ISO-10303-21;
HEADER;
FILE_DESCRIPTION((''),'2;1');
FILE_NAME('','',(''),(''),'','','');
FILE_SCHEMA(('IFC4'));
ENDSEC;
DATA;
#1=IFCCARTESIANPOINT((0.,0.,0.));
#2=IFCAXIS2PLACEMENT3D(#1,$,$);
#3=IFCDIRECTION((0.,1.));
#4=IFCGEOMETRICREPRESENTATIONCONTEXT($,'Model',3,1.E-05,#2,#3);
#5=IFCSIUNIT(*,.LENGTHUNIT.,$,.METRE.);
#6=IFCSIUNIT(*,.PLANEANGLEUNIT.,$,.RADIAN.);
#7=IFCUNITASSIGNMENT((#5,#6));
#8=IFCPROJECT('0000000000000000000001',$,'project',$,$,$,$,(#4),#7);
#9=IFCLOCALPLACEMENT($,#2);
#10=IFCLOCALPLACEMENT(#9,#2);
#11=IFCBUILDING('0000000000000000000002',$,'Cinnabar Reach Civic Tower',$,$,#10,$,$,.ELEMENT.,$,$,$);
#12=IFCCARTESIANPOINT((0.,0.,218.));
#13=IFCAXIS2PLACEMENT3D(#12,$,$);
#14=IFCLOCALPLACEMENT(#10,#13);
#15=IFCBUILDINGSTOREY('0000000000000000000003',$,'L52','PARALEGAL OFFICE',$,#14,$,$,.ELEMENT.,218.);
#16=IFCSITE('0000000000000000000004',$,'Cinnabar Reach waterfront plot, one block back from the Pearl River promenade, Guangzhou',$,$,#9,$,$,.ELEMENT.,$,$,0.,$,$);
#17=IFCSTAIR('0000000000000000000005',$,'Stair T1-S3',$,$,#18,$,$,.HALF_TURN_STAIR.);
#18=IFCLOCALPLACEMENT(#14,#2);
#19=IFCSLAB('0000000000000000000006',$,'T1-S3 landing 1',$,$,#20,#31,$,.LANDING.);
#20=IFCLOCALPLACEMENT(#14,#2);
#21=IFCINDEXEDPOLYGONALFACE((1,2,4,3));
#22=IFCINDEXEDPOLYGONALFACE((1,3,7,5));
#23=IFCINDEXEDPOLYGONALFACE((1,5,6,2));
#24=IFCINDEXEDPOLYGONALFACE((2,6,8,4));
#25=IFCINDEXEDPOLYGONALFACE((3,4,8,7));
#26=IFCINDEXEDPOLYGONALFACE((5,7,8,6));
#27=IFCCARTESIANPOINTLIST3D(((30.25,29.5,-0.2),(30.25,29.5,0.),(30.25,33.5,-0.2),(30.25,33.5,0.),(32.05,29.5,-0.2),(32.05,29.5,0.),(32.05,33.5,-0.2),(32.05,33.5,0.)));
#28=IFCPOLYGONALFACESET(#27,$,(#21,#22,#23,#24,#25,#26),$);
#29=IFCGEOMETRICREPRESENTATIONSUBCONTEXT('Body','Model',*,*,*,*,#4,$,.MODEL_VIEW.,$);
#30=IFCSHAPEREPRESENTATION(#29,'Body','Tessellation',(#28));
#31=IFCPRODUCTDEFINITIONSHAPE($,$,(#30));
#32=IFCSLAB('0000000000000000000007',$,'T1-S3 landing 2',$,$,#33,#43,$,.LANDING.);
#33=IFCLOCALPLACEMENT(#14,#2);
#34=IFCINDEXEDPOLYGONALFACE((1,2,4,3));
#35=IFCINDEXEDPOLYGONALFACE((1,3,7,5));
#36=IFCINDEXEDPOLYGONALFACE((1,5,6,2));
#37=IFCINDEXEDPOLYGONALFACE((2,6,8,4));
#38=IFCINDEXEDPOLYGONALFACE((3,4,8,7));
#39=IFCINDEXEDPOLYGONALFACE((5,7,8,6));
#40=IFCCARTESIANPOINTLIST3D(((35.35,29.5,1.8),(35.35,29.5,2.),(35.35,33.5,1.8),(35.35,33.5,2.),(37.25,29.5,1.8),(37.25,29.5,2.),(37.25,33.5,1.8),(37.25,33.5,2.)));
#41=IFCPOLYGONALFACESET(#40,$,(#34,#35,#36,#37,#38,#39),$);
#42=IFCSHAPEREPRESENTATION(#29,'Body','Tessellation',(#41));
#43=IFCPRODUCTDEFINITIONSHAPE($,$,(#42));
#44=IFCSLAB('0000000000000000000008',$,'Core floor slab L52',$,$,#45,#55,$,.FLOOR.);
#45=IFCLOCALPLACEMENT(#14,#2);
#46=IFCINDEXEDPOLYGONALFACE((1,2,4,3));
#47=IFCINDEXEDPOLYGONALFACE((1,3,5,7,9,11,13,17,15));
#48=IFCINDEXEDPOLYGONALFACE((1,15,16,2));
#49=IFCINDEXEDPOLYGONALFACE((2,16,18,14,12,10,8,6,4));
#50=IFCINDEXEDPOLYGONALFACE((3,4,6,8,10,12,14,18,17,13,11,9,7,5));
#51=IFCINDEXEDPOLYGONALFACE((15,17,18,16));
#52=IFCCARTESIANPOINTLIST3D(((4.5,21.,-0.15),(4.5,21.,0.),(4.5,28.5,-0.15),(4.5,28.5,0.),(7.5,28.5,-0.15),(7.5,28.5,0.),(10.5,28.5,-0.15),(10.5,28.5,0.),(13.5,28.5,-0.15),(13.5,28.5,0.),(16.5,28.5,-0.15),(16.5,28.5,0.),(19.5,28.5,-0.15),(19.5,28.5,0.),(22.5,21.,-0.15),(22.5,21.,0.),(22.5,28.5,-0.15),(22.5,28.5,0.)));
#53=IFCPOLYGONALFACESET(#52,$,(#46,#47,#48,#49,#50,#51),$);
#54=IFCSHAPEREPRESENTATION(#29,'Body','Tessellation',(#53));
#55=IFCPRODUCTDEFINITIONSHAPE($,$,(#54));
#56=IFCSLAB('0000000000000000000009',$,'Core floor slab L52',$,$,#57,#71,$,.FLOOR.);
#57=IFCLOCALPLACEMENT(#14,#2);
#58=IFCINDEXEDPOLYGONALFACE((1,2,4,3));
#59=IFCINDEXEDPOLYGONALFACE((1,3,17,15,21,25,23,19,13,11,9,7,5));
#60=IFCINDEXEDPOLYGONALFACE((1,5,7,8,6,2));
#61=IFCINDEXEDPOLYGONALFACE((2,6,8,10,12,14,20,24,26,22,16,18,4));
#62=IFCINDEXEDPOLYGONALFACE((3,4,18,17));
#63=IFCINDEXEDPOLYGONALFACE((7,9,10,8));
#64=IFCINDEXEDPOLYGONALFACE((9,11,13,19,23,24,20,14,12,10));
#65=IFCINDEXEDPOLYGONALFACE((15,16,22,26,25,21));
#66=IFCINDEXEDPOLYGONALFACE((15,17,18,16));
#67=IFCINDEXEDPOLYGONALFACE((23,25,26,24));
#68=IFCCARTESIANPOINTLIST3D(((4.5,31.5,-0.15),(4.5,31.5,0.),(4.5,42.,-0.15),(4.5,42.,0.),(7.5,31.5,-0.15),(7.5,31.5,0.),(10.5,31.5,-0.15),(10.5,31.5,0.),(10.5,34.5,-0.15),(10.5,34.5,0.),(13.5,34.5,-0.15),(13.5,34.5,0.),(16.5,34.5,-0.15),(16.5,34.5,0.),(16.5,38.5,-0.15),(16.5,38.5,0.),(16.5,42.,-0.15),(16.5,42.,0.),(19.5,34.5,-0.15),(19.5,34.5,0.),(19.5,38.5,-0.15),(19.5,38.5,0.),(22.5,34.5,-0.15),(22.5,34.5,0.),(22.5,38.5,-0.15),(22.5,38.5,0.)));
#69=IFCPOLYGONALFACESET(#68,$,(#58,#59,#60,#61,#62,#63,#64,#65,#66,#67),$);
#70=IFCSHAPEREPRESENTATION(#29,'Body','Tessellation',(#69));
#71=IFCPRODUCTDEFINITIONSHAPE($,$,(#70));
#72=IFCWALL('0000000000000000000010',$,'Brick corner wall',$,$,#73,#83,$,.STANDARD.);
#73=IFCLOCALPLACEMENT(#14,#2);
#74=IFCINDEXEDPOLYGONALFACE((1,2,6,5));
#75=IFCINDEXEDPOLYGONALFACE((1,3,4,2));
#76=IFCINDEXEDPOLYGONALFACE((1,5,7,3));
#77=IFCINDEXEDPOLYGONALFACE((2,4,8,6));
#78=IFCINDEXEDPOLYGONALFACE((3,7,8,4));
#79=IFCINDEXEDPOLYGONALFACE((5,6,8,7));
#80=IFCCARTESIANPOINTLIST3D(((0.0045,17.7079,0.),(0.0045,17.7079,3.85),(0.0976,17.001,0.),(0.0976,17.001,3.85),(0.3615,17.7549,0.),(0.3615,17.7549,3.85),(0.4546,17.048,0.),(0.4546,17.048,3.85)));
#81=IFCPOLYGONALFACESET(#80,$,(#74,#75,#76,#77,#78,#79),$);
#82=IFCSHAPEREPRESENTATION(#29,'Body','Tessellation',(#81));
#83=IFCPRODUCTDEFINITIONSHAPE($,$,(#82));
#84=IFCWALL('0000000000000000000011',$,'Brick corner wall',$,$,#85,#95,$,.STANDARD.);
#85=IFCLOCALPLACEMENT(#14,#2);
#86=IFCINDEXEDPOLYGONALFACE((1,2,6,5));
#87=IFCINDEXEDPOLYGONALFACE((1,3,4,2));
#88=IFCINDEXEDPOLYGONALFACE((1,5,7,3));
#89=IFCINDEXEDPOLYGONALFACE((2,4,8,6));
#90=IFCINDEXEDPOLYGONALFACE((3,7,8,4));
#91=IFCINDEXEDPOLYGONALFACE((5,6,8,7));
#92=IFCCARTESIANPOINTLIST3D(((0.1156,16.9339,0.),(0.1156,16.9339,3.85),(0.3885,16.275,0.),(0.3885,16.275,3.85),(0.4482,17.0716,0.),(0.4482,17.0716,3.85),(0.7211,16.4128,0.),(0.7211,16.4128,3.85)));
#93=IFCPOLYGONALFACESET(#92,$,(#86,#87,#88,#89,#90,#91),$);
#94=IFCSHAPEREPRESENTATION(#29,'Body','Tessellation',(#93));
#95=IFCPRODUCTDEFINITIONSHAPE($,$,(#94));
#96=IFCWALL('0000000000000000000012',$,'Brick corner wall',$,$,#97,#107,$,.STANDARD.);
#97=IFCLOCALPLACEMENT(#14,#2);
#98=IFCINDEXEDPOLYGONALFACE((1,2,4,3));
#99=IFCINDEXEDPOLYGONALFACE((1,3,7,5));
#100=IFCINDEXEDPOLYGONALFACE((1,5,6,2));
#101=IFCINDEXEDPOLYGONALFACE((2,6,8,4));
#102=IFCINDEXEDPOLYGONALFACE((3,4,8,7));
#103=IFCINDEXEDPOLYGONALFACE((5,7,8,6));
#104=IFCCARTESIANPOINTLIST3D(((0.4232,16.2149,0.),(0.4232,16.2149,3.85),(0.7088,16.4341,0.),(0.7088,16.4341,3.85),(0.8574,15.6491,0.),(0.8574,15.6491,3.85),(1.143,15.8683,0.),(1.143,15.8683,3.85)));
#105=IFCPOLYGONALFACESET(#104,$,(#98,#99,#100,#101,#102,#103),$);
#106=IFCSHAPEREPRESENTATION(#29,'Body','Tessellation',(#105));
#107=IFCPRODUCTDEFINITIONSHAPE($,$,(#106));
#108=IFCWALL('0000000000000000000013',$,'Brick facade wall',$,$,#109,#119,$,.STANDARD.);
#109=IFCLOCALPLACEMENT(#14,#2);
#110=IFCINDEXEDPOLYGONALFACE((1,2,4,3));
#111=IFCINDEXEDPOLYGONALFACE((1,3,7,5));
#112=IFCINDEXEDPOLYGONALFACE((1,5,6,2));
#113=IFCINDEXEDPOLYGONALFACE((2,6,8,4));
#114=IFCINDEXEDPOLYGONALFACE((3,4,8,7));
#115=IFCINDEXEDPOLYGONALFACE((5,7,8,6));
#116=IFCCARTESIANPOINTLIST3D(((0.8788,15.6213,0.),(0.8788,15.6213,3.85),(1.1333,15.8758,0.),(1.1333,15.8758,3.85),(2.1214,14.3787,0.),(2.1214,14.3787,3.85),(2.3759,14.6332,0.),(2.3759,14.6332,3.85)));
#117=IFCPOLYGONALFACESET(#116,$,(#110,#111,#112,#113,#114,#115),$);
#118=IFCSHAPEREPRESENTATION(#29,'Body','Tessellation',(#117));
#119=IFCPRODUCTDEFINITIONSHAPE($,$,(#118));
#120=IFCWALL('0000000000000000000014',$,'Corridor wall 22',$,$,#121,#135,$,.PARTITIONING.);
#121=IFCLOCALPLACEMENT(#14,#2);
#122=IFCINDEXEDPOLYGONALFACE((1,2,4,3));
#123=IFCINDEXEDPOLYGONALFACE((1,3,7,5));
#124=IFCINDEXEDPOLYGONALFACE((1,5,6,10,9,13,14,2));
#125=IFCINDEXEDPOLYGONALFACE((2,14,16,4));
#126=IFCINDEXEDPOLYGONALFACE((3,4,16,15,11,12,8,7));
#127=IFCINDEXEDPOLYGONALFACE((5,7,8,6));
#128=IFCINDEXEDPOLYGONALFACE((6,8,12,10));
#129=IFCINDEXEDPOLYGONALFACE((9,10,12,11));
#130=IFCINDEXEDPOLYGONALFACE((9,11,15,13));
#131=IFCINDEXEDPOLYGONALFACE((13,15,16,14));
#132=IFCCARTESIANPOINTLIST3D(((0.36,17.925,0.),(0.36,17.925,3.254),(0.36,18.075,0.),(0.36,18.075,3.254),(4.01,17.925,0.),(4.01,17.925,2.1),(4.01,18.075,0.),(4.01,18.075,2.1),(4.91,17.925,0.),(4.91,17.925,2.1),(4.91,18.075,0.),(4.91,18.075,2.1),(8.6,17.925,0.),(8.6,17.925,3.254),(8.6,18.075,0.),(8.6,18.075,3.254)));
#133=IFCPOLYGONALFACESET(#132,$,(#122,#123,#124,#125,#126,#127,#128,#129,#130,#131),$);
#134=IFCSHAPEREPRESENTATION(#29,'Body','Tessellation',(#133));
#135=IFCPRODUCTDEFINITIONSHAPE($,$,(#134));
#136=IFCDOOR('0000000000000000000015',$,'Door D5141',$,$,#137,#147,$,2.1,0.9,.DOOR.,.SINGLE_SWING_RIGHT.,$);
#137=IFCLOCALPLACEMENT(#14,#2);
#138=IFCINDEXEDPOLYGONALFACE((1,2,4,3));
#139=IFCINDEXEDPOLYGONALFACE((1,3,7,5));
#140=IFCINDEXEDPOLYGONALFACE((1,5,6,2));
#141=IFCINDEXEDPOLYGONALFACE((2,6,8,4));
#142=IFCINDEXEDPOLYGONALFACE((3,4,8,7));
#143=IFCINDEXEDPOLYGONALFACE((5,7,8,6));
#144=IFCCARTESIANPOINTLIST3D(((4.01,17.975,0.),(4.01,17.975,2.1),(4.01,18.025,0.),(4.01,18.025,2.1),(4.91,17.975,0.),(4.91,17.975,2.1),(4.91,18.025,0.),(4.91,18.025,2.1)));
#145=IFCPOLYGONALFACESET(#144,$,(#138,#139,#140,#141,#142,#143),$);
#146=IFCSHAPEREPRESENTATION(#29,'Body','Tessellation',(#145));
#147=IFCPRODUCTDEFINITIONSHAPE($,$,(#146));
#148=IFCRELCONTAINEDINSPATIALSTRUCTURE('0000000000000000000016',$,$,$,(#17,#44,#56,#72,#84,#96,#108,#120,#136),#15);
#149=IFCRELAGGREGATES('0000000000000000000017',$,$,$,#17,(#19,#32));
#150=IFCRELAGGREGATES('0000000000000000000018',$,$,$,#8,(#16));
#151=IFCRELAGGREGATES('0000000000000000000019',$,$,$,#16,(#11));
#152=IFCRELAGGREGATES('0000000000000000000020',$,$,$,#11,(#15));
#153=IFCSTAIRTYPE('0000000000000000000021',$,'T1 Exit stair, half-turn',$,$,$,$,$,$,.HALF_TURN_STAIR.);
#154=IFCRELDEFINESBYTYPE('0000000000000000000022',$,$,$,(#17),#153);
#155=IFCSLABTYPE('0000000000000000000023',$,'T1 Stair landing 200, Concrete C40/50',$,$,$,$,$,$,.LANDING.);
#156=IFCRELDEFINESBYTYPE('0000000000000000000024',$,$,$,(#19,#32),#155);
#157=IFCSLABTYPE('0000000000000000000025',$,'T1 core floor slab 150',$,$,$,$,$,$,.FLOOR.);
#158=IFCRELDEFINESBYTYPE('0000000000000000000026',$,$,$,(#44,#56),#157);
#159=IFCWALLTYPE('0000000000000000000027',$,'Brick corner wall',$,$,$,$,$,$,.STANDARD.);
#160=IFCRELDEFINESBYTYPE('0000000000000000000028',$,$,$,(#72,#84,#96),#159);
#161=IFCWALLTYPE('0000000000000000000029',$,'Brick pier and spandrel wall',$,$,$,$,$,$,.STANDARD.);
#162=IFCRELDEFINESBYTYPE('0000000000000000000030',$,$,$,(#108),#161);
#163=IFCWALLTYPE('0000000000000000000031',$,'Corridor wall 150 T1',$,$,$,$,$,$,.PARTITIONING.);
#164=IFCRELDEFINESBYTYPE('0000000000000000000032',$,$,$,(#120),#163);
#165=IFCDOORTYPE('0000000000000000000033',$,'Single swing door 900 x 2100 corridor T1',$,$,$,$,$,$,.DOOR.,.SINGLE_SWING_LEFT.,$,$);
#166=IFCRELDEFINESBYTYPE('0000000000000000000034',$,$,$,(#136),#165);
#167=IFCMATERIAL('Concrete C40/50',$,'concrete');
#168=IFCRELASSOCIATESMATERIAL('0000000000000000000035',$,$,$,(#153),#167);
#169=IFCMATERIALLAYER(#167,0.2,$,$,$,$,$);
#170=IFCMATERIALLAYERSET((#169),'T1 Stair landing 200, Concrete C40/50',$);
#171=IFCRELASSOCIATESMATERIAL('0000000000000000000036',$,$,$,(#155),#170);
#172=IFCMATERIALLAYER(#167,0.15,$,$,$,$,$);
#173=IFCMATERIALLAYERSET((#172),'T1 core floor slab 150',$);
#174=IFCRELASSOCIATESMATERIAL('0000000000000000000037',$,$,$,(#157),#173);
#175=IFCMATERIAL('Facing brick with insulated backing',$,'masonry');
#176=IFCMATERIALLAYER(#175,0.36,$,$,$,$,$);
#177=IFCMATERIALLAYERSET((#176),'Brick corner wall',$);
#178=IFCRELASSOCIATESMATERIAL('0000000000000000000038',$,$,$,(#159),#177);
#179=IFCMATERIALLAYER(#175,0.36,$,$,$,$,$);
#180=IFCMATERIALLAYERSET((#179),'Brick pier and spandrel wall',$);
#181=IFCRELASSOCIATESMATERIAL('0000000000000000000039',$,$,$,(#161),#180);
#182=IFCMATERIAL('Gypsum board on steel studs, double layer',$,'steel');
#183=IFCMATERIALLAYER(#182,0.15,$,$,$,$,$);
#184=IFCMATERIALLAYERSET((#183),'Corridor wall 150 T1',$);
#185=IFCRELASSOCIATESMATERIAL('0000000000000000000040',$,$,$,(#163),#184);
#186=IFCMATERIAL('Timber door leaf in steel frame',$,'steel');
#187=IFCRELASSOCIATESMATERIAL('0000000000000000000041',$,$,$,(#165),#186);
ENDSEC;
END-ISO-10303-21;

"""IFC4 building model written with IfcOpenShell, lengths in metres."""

from ifc_helpers import new_model, si_unit, direction, frame, frame_2d, origin, place, context, subcontext, project, spatial, polyline, rectangle, outline, extrude, material, layer, layer_set, type_object, element, fill, aggregate, save


model = new_model("IFC4")

# Units and contexts
model_context = context("Model", 3, precision=1e-05, world=origin(), true_north=direction((0.0, 1.0)))
body_context = subcontext(model_context, "Body", "Model", "MODEL_VIEW")
ifc_project = project(units=[si_unit("LENGTHUNIT", "METRE"), si_unit("PLANEANGLEUNIT", "RADIAN")], contexts=[model_context])

# Site, building, storey
site_placement = place(None, origin())
site = spatial("IfcSite", under=ifc_project, at=site_placement, Name="Cinnabar Reach waterfront plot, one block back from the Pearl River promenade, Guangzhou", CompositionType="ELEMENT", RefElevation=0.0)
building_placement = place(site_placement, origin())
building = spatial("IfcBuilding", under=site, at=building_placement, Name="Cinnabar Reach Civic Tower", CompositionType="ELEMENT")
storey_placement = place(building_placement, frame((0.0, 0.0, 218.0)))
storey = spatial("IfcBuildingStorey", under=building, at=storey_placement, Name="L52", Description="PARALEGAL OFFICE", CompositionType="ELEMENT", Elevation=218.0)

# Stair, slabs
ifc_material_1 = material(Name="Concrete C40/50", Category="concrete")
stair_type = type_object("IfcStairType", Name="T1 Exit stair, half-turn", PredefinedType="HALF_TURN_STAIR", material=ifc_material_1)
ifc_layer_1 = layer(ifc_material_1, 0.2)
ifc_layer_set_1 = layer_set([ifc_layer_1], Name="T1 Stair landing 200, Concrete C40/50")
slab_type_1 = type_object("IfcSlabType", Name="T1 Stair landing 200, Concrete C40/50", PredefinedType="LANDING", material=ifc_layer_set_1)
stair_1_placement = place(storey_placement, origin())
stair_1 = element("IfcStair", 1, at=stair_1_placement, inside=storey, type_object=stair_type, Name="Stair T1-S3", PredefinedType="HALF_TURN_STAIR")
slab_1_placement = place(storey_placement, frame((0.0, 0.0, -0.2)))
slab_1 = element("IfcSlab", 2, at=slab_1_placement, type_object=slab_type_1, Name="T1-S3 landing 1", PredefinedType="LANDING", context=body_context, shape_type="SweptSolid", body=[
    extrude(outline(polyline([(30.25, 29.5), (32.05, 29.5), (32.05, 33.5), (30.25, 33.5), (30.25, 29.5)])), origin(), (0.0, 0.0, 1.0), 0.2),
])
slab_2_placement = place(storey_placement, frame((0.0, 0.0, 1.8)))
slab_2 = element("IfcSlab", 3, at=slab_2_placement, type_object=slab_type_1, Name="T1-S3 landing 2", PredefinedType="LANDING", context=body_context, shape_type="SweptSolid", body=[
    extrude(outline(polyline([(35.35, 29.5), (37.25, 29.5), (37.25, 33.5), (35.35, 33.5), (35.35, 29.5)])), origin(), (0.0, 0.0, 1.0), 0.2),
])
aggregate(stair_1, [slab_1, slab_2])

# Slabs
ifc_layer_2 = layer(ifc_material_1, 0.15)
ifc_layer_set_2 = layer_set([ifc_layer_2], Name="T1 core floor slab 150")
slab_type_2 = type_object("IfcSlabType", Name="T1 core floor slab 150", PredefinedType="FLOOR", material=ifc_layer_set_2)
slab_3_placement = place(storey_placement, frame((0.0, 0.0, -0.15)))
element("IfcSlab", 4, at=slab_3_placement, inside=storey, type_object=slab_type_2, Name="Core floor slab L52", PredefinedType="FLOOR", context=body_context, shape_type="SweptSolid", body=[
    extrude(outline(polyline([(22.5, 21.0), (4.5, 21.0), (4.5, 28.5), (7.5, 28.5), (10.5, 28.5), (13.5, 28.5), (16.5, 28.5), (19.5, 28.5), (22.5, 28.5), (22.5, 21.0)])), origin(), (0.0, 0.0, 1.0), 0.15),
])
slab_4_placement = place(storey_placement, frame((0.0, 0.0, -0.15)))
element("IfcSlab", 5, at=slab_4_placement, inside=storey, type_object=slab_type_2, Name="Core floor slab L52", PredefinedType="FLOOR", context=body_context, shape_type="SweptSolid", body=[
    extrude(outline(polyline([(22.5, 34.5), (19.5, 34.5), (16.5, 34.5), (13.5, 34.5), (10.5, 34.5), (10.5, 31.5), (7.5, 31.5), (4.5, 31.5), (4.5, 42.0), (16.5, 42.0), (16.5, 38.5), (19.5, 38.5), (22.5, 38.5), (22.5, 34.5)])), origin(), (0.0, 0.0, 1.0), 0.15),
])

# Walls
ifc_material_2 = material(Name="Facing brick with insulated backing", Category="masonry")
ifc_layer_3 = layer(ifc_material_2, 0.36)
ifc_layer_set_3 = layer_set([ifc_layer_3], Name="Brick corner wall")
wall_type_1 = type_object("IfcWallType", Name="Brick corner wall", PredefinedType="STANDARD", material=ifc_layer_set_3)
for number, where, z_axis, x_axis, name in (
    (6, (0.183, 17.7314, 0.0), (0.0, 0.0, 1.0), (0.130556, -0.991441, 0.0), "Brick corner wall"),
    (7, (0.2819, 17.0027, 0.0), (0.0, 0.0, 1.0), (0.382703, -0.923872, 0.0), "Brick corner wall"),
):
    element("IfcWall", number, at=place(storey_placement, frame(where, z_axis=z_axis, x_axis=x_axis)), inside=storey, type_object=wall_type_1, Name=name, PredefinedType="STANDARD", context=body_context, shape_type="SweptSolid", body=[
        extrude(rectangle(XDim=0.7131, YDim=0.36, at=frame_2d((0.3565, 0.0))), origin(), (0.0, 0.0, 1.0), 3.85),
    ])
wall_1_placement = place(storey_placement, frame((0.566, 16.3245, 0.0), z_axis=(0.0, 0.0, 1.0), x_axis=(0.608802, -0.793322, 0.0)))
element("IfcWall", 8, at=wall_1_placement, inside=storey, type_object=wall_type_1, Name="Brick corner wall", PredefinedType="STANDARD", context=body_context, shape_type="SweptSolid", body=[
    extrude(rectangle(XDim=0.7132, YDim=0.36, at=frame_2d((0.3566, 0.0))), origin(), (0.0, 0.0, 1.0), 3.85),
])
ifc_layer_4 = layer(ifc_material_2, 0.36)
ifc_layer_set_4 = layer_set([ifc_layer_4], Name="Brick pier and spandrel wall")
wall_type_2 = type_object("IfcWallType", Name="Brick pier and spandrel wall", PredefinedType="STANDARD", material=ifc_layer_set_4)
wall_2_placement = place(storey_placement, frame((1.006, 15.7486, 0.0), z_axis=(0.0, 0.0, 1.0), x_axis=(0.707107, -0.707107, 0.0)))
element("IfcWall", 9, at=wall_2_placement, inside=storey, type_object=wall_type_2, Name="Brick facade wall", PredefinedType="STANDARD", context=body_context, shape_type="SweptSolid", body=[
    extrude(rectangle(XDim=1.7573, YDim=0.36, at=frame_2d((0.8787, 0.0))), origin(), (0.0, 0.0, 1.0), 3.85),
])

# Wall, opening, door
ifc_material_3 = material(Name="Gypsum board on steel studs, double layer", Category="steel")
ifc_layer_5 = layer(ifc_material_3, 0.15)
ifc_layer_set_5 = layer_set([ifc_layer_5], Name="Corridor wall 150 T1")
wall_type_3 = type_object("IfcWallType", Name="Corridor wall 150 T1", PredefinedType="PARTITIONING", material=ifc_layer_set_5)
wall_3_placement = place(storey_placement, frame((0.36, 18.0, 0.0), z_axis=(0.0, 0.0, 1.0), x_axis=(1.0, 0.0, 0.0)))
wall_3 = element("IfcWall", 10, at=wall_3_placement, inside=storey, type_object=wall_type_3, Name="Corridor wall 22", PredefinedType="PARTITIONING", context=body_context, shape_type="SweptSolid", body=[
    extrude(rectangle(XDim=8.24, YDim=0.15, at=frame_2d((4.12, 0.0))), origin(), (0.0, 0.0, 1.0), 3.254),
])
opening_placement = place(wall_3_placement, frame((3.65, 0.0, 0.0)))
opening = element("IfcOpeningElement", 11, at=opening_placement, cuts=wall_3, PredefinedType="OPENING", context=body_context, shape_type="SweptSolid", body=[
    extrude(rectangle(XDim=0.9, YDim=2.1, at=frame_2d((0.45, 1.05))), frame((0.0, 0.085, 0.0), z_axis=(0.0, -1.0, 0.0), x_axis=(1.0, 0.0, 0.0)), (0.0, 0.0, 1.0), 0.17),
])
ifc_material_4 = material(Name="Timber door leaf in steel frame", Category="steel")
door_type = type_object("IfcDoorType", Name="Single swing door 900 x 2100 corridor T1", OperationType="SINGLE_SWING_LEFT", PredefinedType="DOOR", material=ifc_material_4)
door_placement = place(opening_placement, frame((0.9, 0.0, 0.0), z_axis=(0.0, 0.0, 1.0), x_axis=(-1.0, 0.0, 0.0)))
door = element("IfcDoor", 12, at=door_placement, inside=storey, type_object=door_type, Name="Door D5141", OperationType="SINGLE_SWING_RIGHT", OverallHeight=2.1, OverallWidth=0.9, PredefinedType="DOOR", context=body_context, shape_type="SweptSolid", body=[
    extrude(rectangle(XDim=0.9, YDim=2.1, at=frame_2d((0.45, 1.05))), frame((0.0, 0.025, 0.0), z_axis=(0.0, -1.0, 0.0), x_axis=(1.0, 0.0, 0.0)), (0.0, 0.0, 1.0), 0.05),
])
fill(opening, door)

save(model, "model.ifc")
